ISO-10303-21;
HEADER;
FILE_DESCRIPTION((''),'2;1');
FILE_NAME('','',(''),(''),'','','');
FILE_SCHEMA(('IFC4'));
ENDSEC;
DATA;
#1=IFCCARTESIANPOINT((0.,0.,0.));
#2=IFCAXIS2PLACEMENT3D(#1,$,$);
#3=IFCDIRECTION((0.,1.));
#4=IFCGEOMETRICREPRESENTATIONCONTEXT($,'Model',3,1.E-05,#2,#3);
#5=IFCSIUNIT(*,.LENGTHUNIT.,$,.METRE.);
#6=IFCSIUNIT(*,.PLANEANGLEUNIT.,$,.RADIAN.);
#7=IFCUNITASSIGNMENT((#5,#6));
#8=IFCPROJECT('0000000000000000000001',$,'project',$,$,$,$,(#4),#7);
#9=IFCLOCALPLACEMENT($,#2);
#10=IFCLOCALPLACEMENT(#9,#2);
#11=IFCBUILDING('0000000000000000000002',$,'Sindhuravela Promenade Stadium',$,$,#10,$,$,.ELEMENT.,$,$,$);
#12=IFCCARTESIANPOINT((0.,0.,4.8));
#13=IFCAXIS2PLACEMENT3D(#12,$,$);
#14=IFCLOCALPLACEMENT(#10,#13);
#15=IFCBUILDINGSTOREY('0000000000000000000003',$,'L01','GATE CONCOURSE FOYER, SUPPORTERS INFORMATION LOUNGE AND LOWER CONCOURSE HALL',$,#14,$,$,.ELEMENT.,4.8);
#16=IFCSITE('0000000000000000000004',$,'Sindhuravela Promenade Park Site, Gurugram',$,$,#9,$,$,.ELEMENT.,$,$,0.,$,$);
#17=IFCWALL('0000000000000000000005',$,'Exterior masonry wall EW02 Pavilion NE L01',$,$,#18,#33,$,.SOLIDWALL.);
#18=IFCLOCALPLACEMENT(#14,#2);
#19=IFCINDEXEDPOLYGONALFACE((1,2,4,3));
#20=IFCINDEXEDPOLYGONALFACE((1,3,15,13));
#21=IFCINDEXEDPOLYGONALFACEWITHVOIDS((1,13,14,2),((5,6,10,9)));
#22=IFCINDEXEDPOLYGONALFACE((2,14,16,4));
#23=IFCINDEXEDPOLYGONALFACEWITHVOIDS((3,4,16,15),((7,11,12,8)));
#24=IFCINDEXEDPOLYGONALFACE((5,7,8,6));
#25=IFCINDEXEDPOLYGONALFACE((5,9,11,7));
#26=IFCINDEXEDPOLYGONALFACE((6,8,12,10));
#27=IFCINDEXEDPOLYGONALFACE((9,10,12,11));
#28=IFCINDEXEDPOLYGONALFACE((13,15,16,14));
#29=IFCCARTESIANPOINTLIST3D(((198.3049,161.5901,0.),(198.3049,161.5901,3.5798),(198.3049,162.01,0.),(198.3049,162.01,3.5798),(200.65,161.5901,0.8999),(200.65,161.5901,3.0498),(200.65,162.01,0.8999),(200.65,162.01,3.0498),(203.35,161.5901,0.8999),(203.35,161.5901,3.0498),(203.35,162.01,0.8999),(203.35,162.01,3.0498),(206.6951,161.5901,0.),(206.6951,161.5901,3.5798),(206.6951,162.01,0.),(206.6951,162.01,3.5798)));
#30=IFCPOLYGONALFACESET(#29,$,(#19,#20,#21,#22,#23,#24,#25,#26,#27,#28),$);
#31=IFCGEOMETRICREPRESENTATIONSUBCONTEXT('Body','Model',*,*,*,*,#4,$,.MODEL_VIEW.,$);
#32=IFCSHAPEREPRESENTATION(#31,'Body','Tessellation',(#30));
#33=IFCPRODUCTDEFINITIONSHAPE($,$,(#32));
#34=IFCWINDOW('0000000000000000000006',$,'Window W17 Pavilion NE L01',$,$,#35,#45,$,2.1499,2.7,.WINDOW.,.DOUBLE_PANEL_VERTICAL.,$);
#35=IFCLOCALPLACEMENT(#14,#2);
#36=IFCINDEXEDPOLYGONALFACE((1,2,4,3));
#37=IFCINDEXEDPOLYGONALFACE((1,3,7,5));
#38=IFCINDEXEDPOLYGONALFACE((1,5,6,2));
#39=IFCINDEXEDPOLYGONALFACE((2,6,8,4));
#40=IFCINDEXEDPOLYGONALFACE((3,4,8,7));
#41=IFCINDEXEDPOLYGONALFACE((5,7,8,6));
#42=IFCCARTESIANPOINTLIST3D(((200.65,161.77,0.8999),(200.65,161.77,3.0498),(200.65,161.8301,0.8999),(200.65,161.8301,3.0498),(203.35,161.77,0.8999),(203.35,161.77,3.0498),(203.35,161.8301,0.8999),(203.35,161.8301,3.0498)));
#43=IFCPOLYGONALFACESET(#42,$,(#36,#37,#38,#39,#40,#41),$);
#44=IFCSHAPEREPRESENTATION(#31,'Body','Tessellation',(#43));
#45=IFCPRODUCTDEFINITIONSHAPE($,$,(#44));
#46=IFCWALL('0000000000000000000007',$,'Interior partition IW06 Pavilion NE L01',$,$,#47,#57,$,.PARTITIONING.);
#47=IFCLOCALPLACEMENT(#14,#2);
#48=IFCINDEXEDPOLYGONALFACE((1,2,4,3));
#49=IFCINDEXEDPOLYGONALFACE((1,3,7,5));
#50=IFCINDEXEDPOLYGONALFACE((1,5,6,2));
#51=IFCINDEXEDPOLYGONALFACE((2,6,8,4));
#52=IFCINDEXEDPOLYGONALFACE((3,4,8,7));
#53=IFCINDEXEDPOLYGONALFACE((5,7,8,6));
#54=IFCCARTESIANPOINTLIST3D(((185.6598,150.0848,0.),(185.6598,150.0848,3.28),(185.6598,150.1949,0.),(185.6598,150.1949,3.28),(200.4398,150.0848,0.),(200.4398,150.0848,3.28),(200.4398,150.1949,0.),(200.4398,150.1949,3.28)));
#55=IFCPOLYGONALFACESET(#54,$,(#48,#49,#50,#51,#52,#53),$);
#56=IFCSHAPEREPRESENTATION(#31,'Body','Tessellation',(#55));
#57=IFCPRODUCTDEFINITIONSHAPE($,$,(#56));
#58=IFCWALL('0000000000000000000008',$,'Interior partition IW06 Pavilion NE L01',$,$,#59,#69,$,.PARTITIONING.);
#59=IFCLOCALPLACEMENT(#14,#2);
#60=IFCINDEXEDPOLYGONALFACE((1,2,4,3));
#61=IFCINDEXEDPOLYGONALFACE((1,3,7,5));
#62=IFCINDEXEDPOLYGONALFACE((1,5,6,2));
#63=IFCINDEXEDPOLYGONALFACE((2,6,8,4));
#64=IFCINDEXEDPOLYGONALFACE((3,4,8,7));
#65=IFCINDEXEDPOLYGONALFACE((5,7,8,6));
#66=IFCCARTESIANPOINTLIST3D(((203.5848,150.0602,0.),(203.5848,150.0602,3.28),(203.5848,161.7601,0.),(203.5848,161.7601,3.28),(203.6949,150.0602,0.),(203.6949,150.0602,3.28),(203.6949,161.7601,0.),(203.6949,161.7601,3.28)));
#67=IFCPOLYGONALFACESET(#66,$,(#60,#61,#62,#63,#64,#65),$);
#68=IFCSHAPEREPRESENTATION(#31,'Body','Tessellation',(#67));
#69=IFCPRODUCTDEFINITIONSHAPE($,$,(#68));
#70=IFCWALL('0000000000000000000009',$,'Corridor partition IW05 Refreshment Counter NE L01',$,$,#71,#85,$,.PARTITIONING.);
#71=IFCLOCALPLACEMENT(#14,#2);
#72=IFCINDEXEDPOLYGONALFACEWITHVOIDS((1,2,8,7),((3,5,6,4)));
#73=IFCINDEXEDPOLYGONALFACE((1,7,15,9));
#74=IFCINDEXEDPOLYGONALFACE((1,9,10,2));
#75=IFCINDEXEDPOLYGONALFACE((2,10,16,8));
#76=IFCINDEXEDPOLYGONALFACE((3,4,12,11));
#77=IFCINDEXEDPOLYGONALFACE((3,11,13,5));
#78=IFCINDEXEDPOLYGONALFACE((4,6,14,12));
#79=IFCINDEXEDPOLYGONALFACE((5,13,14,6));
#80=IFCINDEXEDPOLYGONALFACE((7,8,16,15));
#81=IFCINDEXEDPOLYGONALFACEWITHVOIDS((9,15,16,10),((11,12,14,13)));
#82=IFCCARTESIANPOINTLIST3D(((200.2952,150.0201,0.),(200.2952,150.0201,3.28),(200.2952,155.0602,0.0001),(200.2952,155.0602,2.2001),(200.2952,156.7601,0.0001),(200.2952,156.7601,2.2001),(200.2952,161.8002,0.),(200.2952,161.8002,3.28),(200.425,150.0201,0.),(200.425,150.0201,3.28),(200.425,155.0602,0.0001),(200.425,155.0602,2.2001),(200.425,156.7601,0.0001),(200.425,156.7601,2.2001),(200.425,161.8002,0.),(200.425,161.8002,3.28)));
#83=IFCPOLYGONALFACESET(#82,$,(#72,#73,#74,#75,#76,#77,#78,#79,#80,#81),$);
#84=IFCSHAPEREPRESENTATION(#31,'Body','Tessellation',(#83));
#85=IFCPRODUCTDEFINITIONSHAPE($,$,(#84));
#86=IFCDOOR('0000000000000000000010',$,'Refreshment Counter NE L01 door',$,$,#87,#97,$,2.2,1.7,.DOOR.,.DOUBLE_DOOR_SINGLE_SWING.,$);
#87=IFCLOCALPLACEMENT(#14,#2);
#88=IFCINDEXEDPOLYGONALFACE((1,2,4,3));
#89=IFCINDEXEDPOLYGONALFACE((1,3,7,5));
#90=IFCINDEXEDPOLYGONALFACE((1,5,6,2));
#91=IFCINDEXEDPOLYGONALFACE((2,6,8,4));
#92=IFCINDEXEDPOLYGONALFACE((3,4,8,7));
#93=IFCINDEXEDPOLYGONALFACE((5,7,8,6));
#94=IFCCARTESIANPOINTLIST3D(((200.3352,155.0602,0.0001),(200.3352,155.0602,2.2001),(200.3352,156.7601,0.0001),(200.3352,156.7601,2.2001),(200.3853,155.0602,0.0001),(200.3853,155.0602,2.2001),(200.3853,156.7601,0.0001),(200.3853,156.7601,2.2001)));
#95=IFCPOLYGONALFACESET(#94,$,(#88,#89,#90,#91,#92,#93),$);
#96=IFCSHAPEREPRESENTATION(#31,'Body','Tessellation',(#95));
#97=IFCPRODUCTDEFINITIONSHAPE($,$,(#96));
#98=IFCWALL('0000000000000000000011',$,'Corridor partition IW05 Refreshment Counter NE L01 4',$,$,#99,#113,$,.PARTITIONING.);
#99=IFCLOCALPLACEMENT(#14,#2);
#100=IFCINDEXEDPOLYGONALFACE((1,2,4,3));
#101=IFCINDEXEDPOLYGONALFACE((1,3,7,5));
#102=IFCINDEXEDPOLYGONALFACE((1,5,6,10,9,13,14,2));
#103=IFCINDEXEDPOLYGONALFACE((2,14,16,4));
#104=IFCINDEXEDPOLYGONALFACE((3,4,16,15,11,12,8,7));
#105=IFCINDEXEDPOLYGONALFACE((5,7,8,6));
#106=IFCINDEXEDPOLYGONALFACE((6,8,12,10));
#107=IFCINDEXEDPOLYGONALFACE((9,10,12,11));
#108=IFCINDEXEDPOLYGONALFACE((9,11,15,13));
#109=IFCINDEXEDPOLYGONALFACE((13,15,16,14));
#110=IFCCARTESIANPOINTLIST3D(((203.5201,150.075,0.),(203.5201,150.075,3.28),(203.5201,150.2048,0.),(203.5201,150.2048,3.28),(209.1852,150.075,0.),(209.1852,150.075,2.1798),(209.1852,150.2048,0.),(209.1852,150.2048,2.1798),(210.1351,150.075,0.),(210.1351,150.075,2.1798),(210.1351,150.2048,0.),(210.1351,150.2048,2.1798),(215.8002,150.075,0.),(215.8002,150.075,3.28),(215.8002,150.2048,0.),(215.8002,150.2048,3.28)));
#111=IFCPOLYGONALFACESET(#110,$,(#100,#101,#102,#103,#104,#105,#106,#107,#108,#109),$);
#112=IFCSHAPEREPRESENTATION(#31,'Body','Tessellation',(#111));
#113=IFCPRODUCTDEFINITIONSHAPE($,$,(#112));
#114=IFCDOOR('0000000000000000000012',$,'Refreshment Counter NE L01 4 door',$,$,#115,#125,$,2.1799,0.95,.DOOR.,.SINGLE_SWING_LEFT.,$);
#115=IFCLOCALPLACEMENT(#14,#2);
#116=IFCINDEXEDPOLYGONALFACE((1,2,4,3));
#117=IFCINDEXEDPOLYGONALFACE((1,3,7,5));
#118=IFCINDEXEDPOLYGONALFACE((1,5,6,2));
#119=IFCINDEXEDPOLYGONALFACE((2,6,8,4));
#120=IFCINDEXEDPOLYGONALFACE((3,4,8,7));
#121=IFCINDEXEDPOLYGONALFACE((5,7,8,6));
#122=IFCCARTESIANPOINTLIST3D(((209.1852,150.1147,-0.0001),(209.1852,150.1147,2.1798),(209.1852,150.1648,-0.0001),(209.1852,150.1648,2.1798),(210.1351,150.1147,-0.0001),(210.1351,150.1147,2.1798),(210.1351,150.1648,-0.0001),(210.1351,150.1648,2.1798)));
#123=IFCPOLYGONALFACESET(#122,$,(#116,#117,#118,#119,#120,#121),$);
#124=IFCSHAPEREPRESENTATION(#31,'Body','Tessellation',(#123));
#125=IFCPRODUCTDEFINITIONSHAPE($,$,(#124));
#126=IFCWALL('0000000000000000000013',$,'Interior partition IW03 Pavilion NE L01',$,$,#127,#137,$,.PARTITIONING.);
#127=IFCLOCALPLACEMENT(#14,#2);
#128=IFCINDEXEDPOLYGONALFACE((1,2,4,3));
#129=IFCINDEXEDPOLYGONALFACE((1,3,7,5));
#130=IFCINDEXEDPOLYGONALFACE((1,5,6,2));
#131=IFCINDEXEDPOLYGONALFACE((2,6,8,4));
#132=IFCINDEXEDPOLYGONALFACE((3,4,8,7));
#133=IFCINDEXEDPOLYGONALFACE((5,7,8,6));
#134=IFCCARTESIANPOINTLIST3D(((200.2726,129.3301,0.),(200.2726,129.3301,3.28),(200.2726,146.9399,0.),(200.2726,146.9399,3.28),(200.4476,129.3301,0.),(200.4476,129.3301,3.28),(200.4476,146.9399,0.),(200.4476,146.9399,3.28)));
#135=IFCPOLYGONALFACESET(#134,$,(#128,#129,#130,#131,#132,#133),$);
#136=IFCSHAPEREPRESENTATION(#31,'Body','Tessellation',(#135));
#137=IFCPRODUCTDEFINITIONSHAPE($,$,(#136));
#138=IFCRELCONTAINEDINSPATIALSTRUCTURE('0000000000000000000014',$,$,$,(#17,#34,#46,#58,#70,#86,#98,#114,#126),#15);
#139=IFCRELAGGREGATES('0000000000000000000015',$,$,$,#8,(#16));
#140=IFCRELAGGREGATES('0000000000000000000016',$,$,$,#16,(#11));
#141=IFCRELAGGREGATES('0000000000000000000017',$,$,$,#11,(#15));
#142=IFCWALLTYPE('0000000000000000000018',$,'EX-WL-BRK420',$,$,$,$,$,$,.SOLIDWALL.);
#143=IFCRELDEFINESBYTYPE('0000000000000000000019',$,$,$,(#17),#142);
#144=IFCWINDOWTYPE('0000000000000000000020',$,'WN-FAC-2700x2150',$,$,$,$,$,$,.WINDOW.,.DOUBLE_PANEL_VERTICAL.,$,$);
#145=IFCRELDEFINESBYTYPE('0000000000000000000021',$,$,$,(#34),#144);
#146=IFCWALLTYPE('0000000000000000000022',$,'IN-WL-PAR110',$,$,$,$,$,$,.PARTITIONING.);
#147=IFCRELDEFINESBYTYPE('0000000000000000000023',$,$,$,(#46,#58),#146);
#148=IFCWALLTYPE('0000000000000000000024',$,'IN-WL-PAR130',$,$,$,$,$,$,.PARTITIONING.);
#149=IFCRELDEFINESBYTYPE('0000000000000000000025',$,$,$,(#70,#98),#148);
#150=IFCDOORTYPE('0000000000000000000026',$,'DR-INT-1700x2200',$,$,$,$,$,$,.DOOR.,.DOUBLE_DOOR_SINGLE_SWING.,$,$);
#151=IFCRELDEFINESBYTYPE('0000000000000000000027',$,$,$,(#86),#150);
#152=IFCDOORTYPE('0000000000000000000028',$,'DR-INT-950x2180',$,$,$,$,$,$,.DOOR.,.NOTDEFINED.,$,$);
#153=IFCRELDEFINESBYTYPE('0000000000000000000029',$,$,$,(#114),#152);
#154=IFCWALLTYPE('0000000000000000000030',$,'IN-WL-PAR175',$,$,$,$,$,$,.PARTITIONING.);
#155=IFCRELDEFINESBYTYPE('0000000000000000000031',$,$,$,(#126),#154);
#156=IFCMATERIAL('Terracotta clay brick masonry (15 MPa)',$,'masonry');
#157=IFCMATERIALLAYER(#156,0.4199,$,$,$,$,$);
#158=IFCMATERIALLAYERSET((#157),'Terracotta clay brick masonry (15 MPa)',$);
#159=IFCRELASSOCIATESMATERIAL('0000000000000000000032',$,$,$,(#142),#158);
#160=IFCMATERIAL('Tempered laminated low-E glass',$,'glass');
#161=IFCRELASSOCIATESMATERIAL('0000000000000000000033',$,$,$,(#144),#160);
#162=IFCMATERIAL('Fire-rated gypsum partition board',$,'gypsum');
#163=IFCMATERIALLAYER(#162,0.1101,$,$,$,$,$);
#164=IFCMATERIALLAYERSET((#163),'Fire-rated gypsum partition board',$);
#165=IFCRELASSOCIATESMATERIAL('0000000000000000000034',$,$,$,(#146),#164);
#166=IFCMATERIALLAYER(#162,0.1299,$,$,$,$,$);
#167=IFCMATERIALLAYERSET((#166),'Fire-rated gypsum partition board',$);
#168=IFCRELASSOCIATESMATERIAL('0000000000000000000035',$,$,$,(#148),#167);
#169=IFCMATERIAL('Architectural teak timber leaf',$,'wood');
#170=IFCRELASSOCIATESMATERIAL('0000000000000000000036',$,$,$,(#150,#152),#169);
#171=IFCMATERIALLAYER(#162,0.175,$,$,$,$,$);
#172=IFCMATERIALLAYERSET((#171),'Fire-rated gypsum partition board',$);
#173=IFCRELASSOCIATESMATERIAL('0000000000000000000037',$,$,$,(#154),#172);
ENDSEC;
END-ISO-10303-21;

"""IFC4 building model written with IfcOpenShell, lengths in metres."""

from ifc_helpers import new_model, si_unit, direction, frame, frame_2d, origin, place, context, subcontext, project, spatial, rectangle, extrude, material, layer, layer_set, type_object, element, fill, save


model = new_model("IFC4")

# Units and contexts
model_context = context("Model", 3, precision=1e-05, world=origin(), true_north=direction((0.0, 1.0)))
body_context = subcontext(model_context, "Body", "Model", "MODEL_VIEW")
ifc_project = project(units=[si_unit("LENGTHUNIT", "METRE"), si_unit("PLANEANGLEUNIT", "RADIAN")], contexts=[model_context])

# Site, building, storey
site_placement = place(None, origin())
site = spatial("IfcSite", under=ifc_project, at=site_placement, Name="Sindhuravela Promenade Park Site, Gurugram", CompositionType="ELEMENT", RefElevation=0.0)
building_placement = place(site_placement, origin())
building = spatial("IfcBuilding", under=site, at=building_placement, Name="Sindhuravela Promenade Stadium", CompositionType="ELEMENT")
storey_placement = place(building_placement, frame((0.0, 0.0, 4.8)))
storey = spatial("IfcBuildingStorey", under=building, at=storey_placement, Name="L01", Description="GATE CONCOURSE FOYER, SUPPORTERS INFORMATION LOUNGE AND LOWER CONCOURSE HALL", CompositionType="ELEMENT", Elevation=4.8)

# Wall, opening, window
ifc_material_1 = material(Name="Terracotta clay brick masonry (15 MPa)", Category="masonry")
ifc_material_2 = material(Name="Tempered laminated low-E glass", Category="glass")
ifc_layer_1 = layer(ifc_material_1, 0.4199)
ifc_layer_set_1 = layer_set([ifc_layer_1], Name="Terracotta clay brick masonry (15 MPa)")
wall_type_1 = type_object("IfcWallType", Name="EX-WL-BRK420", PredefinedType="SOLIDWALL", material=ifc_layer_set_1)
wall_1_placement = place(storey_placement, frame((198.3049, 161.8, 0.0), z_axis=(0.0, 0.0, 1.0), x_axis=(1.0, 0.0, 0.0)))
wall_1 = element("IfcWall", 1, at=wall_1_placement, inside=storey, type_object=wall_type_1, Name="Exterior masonry wall EW02 Pavilion NE L01", PredefinedType="SOLIDWALL", context=body_context, shape_type="SweptSolid", body=[
    extrude(rectangle(XDim=8.3901, YDim=0.4199, at=frame_2d((4.1951, 0.0))), origin(), (0.0, 0.0, 1.0), 3.5798),
])
opening_1_placement = place(wall_1_placement, frame((2.345, 0.0, 0.8999)))
opening_1 = element("IfcOpeningElement", 2, at=opening_1_placement, cuts=wall_1, PredefinedType="OPENING", context=body_context, shape_type="SweptSolid", body=[
    extrude(rectangle(XDim=2.7, YDim=2.1499, at=frame_2d((1.3501, 1.075))), frame((0.0, 0.22, 0.0), z_axis=(0.0, -1.0, 0.0), x_axis=(1.0, 0.0, 0.0)), (0.0, 0.0, 1.0), 0.4399),
])
window_type_1 = type_object("IfcWindowType", Name="WN-FAC-2700x2150", PartitioningType="DOUBLE_PANEL_VERTICAL", PredefinedType="WINDOW", material=ifc_material_2)
window_1_placement = place(opening_1_placement, origin())
window_1 = element("IfcWindow", 3, at=window_1_placement, inside=storey, type_object=window_type_1, Name="Window W17 Pavilion NE L01", OverallHeight=2.1499, OverallWidth=2.7, PartitioningType="DOUBLE_PANEL_VERTICAL", PredefinedType="WINDOW", context=body_context, shape_type="SweptSolid", body=[
    extrude(rectangle(XDim=2.7, YDim=2.1499, at=frame_2d((1.3501, 1.075))), frame((0.0, 0.03, 0.0), z_axis=(0.0, -1.0, 0.0), x_axis=(1.0, 0.0, 0.0)), (0.0, 0.0, 1.0), 0.0601),
])
fill(opening_1, window_1)

# Walls
ifc_material_3 = material(Name="Fire-rated gypsum partition board", Category="gypsum")
ifc_layer_2 = layer(ifc_material_3, 0.1101)
ifc_layer_set_2 = layer_set([ifc_layer_2], Name="Fire-rated gypsum partition board")
wall_type_2 = type_object("IfcWallType", Name="IN-WL-PAR110", PredefinedType="PARTITIONING", material=ifc_layer_set_2)
wall_2_placement = place(storey_placement, frame((200.4399, 150.1399, 0.0), z_axis=(0.0, 0.0, 1.0), x_axis=(-1.0, 0.0, 0.0)))
element("IfcWall", 4, at=wall_2_placement, inside=storey, type_object=wall_type_2, Name="Interior partition IW06 Pavilion NE L01", PredefinedType="PARTITIONING", context=body_context, shape_type="SweptSolid", body=[
    extrude(rectangle(XDim=14.78, YDim=0.1101, at=frame_2d((7.3901, 0.0))), origin(), (0.0, 0.0, 1.0), 3.28),
])
wall_3_placement = place(storey_placement, frame((203.6399, 150.0601, 0.0), z_axis=(0.0, 0.0, 1.0), x_axis=(0.0, 1.0, 0.0)))
element("IfcWall", 5, at=wall_3_placement, inside=storey, type_object=wall_type_2, Name="Interior partition IW06 Pavilion NE L01", PredefinedType="PARTITIONING", context=body_context, shape_type="SweptSolid", body=[
    extrude(rectangle(XDim=11.7, YDim=0.1101, at=frame_2d((5.8501, 0.0))), origin(), (0.0, 0.0, 1.0), 3.28),
])

# Walls, openings, doors
ifc_layer_3 = layer(ifc_material_3, 0.1299)
ifc_layer_set_3 = layer_set([ifc_layer_3], Name="Fire-rated gypsum partition board")
wall_type_3 = type_object("IfcWallType", Name="IN-WL-PAR130", PredefinedType="PARTITIONING", material=ifc_layer_set_3)
wall_4_placement = place(storey_placement, frame((200.3601, 150.02, 0.0), z_axis=(0.0, 0.0, 1.0), x_axis=(0.0, 1.0, 0.0)))
wall_4 = element("IfcWall", 6, at=wall_4_placement, inside=storey, type_object=wall_type_3, Name="Corridor partition IW05 Refreshment Counter NE L01", PredefinedType="PARTITIONING", context=body_context, shape_type="SweptSolid", body=[
    extrude(rectangle(XDim=11.78, YDim=0.1299, at=frame_2d((5.8901, 0.0))), origin(), (0.0, 0.0, 1.0), 3.28),
])
opening_2_placement = place(wall_4_placement, frame((5.04, 0.0, 0.0)))
opening_2 = element("IfcOpeningElement", 7, at=opening_2_placement, cuts=wall_4, PredefinedType="OPENING", context=body_context, shape_type="SweptSolid", body=[
    extrude(rectangle(XDim=1.7, YDim=2.2, at=frame_2d((0.8501, 1.1001))), frame((0.0, 0.075, 0.0), z_axis=(0.0, -1.0, 0.0), x_axis=(1.0, 0.0, 0.0)), (0.0, 0.0, 1.0), 0.1499),
])
ifc_material_4 = material(Name="Architectural teak timber leaf", Category="wood")
door_type_1 = type_object("IfcDoorType", Name="DR-INT-1700x2200", OperationType="DOUBLE_DOOR_SINGLE_SWING", PredefinedType="DOOR", material=ifc_material_4)
door_1_placement = place(opening_2_placement, origin())
door_1 = element("IfcDoor", 8, at=door_1_placement, inside=storey, type_object=door_type_1, Name="Refreshment Counter NE L01 door", OperationType="DOUBLE_DOOR_SINGLE_SWING", OverallHeight=2.2, OverallWidth=1.7, PredefinedType="DOOR", context=body_context, shape_type="SweptSolid", body=[
    extrude(rectangle(XDim=1.7, YDim=2.2, at=frame_2d((0.8501, 1.1001))), frame((0.0, 0.0249, 0.0), z_axis=(0.0, -1.0, 0.0), x_axis=(1.0, 0.0, 0.0)), (0.0, 0.0, 1.0), 0.05),
])
fill(opening_2, door_1)
wall_5_placement = place(storey_placement, frame((203.52, 150.1399, 0.0), z_axis=(0.0, 0.0, 1.0), x_axis=(1.0, 0.0, 0.0)))
wall_5 = element("IfcWall", 9, at=wall_5_placement, inside=storey, type_object=wall_type_3, Name="Corridor partition IW05 Refreshment Counter NE L01 4", PredefinedType="PARTITIONING", context=body_context, shape_type="SweptSolid", body=[
    extrude(rectangle(XDim=12.28, YDim=0.1299, at=frame_2d((6.1401, 0.0))), origin(), (0.0, 0.0, 1.0), 3.28),
])
opening_3_placement = place(wall_5_placement, frame((5.665, 0.0, 0.0)))
opening_3 = element("IfcOpeningElement", 10, at=opening_3_placement, cuts=wall_5, PredefinedType="OPENING", context=body_context, shape_type="SweptSolid", body=[
    extrude(rectangle(XDim=0.95, YDim=2.1799, at=frame_2d((0.4751, 1.0898))), frame((0.0, 0.075, 0.0), z_axis=(0.0, -1.0, 0.0), x_axis=(1.0, 0.0, 0.0)), (0.0, 0.0, 1.0), 0.1499),
])
door_type_2 = type_object("IfcDoorType", Name="DR-INT-950x2180", OperationType="NOTDEFINED", PredefinedType="DOOR", material=ifc_material_4)
door_2_placement = place(opening_3_placement, origin())
door_2 = element("IfcDoor", 11, at=door_2_placement, inside=storey, type_object=door_type_2, Name="Refreshment Counter NE L01 4 door", OperationType="SINGLE_SWING_LEFT", OverallHeight=2.1799, OverallWidth=0.95, PredefinedType="DOOR", context=body_context, shape_type="SweptSolid", body=[
    extrude(rectangle(XDim=0.95, YDim=2.1799, at=frame_2d((0.4751, 1.0898))), frame((0.0, 0.0249, 0.0), z_axis=(0.0, -1.0, 0.0), x_axis=(1.0, 0.0, 0.0)), (0.0, 0.0, 1.0), 0.05),
])
fill(opening_3, door_2)

# Wall
ifc_layer_4 = layer(ifc_material_3, 0.175)
ifc_layer_set_4 = layer_set([ifc_layer_4], Name="Fire-rated gypsum partition board")
wall_type_4 = type_object("IfcWallType", Name="IN-WL-PAR175", PredefinedType="PARTITIONING", material=ifc_layer_set_4)
wall_6_placement = place(storey_placement, frame((200.3601, 146.9399, 0.0), z_axis=(0.0, 0.0, 1.0), x_axis=(0.0, -1.0, 0.0)))
element("IfcWall", 12, at=wall_6_placement, inside=storey, type_object=wall_type_4, Name="Interior partition IW03 Pavilion NE L01", PredefinedType="PARTITIONING", context=body_context, shape_type="SweptSolid", body=[
    extrude(rectangle(XDim=17.6099, YDim=0.175, at=frame_2d((8.8049, 0.0))), origin(), (0.0, 0.0, 1.0), 3.28),
])

save(model, "model.ifc")
